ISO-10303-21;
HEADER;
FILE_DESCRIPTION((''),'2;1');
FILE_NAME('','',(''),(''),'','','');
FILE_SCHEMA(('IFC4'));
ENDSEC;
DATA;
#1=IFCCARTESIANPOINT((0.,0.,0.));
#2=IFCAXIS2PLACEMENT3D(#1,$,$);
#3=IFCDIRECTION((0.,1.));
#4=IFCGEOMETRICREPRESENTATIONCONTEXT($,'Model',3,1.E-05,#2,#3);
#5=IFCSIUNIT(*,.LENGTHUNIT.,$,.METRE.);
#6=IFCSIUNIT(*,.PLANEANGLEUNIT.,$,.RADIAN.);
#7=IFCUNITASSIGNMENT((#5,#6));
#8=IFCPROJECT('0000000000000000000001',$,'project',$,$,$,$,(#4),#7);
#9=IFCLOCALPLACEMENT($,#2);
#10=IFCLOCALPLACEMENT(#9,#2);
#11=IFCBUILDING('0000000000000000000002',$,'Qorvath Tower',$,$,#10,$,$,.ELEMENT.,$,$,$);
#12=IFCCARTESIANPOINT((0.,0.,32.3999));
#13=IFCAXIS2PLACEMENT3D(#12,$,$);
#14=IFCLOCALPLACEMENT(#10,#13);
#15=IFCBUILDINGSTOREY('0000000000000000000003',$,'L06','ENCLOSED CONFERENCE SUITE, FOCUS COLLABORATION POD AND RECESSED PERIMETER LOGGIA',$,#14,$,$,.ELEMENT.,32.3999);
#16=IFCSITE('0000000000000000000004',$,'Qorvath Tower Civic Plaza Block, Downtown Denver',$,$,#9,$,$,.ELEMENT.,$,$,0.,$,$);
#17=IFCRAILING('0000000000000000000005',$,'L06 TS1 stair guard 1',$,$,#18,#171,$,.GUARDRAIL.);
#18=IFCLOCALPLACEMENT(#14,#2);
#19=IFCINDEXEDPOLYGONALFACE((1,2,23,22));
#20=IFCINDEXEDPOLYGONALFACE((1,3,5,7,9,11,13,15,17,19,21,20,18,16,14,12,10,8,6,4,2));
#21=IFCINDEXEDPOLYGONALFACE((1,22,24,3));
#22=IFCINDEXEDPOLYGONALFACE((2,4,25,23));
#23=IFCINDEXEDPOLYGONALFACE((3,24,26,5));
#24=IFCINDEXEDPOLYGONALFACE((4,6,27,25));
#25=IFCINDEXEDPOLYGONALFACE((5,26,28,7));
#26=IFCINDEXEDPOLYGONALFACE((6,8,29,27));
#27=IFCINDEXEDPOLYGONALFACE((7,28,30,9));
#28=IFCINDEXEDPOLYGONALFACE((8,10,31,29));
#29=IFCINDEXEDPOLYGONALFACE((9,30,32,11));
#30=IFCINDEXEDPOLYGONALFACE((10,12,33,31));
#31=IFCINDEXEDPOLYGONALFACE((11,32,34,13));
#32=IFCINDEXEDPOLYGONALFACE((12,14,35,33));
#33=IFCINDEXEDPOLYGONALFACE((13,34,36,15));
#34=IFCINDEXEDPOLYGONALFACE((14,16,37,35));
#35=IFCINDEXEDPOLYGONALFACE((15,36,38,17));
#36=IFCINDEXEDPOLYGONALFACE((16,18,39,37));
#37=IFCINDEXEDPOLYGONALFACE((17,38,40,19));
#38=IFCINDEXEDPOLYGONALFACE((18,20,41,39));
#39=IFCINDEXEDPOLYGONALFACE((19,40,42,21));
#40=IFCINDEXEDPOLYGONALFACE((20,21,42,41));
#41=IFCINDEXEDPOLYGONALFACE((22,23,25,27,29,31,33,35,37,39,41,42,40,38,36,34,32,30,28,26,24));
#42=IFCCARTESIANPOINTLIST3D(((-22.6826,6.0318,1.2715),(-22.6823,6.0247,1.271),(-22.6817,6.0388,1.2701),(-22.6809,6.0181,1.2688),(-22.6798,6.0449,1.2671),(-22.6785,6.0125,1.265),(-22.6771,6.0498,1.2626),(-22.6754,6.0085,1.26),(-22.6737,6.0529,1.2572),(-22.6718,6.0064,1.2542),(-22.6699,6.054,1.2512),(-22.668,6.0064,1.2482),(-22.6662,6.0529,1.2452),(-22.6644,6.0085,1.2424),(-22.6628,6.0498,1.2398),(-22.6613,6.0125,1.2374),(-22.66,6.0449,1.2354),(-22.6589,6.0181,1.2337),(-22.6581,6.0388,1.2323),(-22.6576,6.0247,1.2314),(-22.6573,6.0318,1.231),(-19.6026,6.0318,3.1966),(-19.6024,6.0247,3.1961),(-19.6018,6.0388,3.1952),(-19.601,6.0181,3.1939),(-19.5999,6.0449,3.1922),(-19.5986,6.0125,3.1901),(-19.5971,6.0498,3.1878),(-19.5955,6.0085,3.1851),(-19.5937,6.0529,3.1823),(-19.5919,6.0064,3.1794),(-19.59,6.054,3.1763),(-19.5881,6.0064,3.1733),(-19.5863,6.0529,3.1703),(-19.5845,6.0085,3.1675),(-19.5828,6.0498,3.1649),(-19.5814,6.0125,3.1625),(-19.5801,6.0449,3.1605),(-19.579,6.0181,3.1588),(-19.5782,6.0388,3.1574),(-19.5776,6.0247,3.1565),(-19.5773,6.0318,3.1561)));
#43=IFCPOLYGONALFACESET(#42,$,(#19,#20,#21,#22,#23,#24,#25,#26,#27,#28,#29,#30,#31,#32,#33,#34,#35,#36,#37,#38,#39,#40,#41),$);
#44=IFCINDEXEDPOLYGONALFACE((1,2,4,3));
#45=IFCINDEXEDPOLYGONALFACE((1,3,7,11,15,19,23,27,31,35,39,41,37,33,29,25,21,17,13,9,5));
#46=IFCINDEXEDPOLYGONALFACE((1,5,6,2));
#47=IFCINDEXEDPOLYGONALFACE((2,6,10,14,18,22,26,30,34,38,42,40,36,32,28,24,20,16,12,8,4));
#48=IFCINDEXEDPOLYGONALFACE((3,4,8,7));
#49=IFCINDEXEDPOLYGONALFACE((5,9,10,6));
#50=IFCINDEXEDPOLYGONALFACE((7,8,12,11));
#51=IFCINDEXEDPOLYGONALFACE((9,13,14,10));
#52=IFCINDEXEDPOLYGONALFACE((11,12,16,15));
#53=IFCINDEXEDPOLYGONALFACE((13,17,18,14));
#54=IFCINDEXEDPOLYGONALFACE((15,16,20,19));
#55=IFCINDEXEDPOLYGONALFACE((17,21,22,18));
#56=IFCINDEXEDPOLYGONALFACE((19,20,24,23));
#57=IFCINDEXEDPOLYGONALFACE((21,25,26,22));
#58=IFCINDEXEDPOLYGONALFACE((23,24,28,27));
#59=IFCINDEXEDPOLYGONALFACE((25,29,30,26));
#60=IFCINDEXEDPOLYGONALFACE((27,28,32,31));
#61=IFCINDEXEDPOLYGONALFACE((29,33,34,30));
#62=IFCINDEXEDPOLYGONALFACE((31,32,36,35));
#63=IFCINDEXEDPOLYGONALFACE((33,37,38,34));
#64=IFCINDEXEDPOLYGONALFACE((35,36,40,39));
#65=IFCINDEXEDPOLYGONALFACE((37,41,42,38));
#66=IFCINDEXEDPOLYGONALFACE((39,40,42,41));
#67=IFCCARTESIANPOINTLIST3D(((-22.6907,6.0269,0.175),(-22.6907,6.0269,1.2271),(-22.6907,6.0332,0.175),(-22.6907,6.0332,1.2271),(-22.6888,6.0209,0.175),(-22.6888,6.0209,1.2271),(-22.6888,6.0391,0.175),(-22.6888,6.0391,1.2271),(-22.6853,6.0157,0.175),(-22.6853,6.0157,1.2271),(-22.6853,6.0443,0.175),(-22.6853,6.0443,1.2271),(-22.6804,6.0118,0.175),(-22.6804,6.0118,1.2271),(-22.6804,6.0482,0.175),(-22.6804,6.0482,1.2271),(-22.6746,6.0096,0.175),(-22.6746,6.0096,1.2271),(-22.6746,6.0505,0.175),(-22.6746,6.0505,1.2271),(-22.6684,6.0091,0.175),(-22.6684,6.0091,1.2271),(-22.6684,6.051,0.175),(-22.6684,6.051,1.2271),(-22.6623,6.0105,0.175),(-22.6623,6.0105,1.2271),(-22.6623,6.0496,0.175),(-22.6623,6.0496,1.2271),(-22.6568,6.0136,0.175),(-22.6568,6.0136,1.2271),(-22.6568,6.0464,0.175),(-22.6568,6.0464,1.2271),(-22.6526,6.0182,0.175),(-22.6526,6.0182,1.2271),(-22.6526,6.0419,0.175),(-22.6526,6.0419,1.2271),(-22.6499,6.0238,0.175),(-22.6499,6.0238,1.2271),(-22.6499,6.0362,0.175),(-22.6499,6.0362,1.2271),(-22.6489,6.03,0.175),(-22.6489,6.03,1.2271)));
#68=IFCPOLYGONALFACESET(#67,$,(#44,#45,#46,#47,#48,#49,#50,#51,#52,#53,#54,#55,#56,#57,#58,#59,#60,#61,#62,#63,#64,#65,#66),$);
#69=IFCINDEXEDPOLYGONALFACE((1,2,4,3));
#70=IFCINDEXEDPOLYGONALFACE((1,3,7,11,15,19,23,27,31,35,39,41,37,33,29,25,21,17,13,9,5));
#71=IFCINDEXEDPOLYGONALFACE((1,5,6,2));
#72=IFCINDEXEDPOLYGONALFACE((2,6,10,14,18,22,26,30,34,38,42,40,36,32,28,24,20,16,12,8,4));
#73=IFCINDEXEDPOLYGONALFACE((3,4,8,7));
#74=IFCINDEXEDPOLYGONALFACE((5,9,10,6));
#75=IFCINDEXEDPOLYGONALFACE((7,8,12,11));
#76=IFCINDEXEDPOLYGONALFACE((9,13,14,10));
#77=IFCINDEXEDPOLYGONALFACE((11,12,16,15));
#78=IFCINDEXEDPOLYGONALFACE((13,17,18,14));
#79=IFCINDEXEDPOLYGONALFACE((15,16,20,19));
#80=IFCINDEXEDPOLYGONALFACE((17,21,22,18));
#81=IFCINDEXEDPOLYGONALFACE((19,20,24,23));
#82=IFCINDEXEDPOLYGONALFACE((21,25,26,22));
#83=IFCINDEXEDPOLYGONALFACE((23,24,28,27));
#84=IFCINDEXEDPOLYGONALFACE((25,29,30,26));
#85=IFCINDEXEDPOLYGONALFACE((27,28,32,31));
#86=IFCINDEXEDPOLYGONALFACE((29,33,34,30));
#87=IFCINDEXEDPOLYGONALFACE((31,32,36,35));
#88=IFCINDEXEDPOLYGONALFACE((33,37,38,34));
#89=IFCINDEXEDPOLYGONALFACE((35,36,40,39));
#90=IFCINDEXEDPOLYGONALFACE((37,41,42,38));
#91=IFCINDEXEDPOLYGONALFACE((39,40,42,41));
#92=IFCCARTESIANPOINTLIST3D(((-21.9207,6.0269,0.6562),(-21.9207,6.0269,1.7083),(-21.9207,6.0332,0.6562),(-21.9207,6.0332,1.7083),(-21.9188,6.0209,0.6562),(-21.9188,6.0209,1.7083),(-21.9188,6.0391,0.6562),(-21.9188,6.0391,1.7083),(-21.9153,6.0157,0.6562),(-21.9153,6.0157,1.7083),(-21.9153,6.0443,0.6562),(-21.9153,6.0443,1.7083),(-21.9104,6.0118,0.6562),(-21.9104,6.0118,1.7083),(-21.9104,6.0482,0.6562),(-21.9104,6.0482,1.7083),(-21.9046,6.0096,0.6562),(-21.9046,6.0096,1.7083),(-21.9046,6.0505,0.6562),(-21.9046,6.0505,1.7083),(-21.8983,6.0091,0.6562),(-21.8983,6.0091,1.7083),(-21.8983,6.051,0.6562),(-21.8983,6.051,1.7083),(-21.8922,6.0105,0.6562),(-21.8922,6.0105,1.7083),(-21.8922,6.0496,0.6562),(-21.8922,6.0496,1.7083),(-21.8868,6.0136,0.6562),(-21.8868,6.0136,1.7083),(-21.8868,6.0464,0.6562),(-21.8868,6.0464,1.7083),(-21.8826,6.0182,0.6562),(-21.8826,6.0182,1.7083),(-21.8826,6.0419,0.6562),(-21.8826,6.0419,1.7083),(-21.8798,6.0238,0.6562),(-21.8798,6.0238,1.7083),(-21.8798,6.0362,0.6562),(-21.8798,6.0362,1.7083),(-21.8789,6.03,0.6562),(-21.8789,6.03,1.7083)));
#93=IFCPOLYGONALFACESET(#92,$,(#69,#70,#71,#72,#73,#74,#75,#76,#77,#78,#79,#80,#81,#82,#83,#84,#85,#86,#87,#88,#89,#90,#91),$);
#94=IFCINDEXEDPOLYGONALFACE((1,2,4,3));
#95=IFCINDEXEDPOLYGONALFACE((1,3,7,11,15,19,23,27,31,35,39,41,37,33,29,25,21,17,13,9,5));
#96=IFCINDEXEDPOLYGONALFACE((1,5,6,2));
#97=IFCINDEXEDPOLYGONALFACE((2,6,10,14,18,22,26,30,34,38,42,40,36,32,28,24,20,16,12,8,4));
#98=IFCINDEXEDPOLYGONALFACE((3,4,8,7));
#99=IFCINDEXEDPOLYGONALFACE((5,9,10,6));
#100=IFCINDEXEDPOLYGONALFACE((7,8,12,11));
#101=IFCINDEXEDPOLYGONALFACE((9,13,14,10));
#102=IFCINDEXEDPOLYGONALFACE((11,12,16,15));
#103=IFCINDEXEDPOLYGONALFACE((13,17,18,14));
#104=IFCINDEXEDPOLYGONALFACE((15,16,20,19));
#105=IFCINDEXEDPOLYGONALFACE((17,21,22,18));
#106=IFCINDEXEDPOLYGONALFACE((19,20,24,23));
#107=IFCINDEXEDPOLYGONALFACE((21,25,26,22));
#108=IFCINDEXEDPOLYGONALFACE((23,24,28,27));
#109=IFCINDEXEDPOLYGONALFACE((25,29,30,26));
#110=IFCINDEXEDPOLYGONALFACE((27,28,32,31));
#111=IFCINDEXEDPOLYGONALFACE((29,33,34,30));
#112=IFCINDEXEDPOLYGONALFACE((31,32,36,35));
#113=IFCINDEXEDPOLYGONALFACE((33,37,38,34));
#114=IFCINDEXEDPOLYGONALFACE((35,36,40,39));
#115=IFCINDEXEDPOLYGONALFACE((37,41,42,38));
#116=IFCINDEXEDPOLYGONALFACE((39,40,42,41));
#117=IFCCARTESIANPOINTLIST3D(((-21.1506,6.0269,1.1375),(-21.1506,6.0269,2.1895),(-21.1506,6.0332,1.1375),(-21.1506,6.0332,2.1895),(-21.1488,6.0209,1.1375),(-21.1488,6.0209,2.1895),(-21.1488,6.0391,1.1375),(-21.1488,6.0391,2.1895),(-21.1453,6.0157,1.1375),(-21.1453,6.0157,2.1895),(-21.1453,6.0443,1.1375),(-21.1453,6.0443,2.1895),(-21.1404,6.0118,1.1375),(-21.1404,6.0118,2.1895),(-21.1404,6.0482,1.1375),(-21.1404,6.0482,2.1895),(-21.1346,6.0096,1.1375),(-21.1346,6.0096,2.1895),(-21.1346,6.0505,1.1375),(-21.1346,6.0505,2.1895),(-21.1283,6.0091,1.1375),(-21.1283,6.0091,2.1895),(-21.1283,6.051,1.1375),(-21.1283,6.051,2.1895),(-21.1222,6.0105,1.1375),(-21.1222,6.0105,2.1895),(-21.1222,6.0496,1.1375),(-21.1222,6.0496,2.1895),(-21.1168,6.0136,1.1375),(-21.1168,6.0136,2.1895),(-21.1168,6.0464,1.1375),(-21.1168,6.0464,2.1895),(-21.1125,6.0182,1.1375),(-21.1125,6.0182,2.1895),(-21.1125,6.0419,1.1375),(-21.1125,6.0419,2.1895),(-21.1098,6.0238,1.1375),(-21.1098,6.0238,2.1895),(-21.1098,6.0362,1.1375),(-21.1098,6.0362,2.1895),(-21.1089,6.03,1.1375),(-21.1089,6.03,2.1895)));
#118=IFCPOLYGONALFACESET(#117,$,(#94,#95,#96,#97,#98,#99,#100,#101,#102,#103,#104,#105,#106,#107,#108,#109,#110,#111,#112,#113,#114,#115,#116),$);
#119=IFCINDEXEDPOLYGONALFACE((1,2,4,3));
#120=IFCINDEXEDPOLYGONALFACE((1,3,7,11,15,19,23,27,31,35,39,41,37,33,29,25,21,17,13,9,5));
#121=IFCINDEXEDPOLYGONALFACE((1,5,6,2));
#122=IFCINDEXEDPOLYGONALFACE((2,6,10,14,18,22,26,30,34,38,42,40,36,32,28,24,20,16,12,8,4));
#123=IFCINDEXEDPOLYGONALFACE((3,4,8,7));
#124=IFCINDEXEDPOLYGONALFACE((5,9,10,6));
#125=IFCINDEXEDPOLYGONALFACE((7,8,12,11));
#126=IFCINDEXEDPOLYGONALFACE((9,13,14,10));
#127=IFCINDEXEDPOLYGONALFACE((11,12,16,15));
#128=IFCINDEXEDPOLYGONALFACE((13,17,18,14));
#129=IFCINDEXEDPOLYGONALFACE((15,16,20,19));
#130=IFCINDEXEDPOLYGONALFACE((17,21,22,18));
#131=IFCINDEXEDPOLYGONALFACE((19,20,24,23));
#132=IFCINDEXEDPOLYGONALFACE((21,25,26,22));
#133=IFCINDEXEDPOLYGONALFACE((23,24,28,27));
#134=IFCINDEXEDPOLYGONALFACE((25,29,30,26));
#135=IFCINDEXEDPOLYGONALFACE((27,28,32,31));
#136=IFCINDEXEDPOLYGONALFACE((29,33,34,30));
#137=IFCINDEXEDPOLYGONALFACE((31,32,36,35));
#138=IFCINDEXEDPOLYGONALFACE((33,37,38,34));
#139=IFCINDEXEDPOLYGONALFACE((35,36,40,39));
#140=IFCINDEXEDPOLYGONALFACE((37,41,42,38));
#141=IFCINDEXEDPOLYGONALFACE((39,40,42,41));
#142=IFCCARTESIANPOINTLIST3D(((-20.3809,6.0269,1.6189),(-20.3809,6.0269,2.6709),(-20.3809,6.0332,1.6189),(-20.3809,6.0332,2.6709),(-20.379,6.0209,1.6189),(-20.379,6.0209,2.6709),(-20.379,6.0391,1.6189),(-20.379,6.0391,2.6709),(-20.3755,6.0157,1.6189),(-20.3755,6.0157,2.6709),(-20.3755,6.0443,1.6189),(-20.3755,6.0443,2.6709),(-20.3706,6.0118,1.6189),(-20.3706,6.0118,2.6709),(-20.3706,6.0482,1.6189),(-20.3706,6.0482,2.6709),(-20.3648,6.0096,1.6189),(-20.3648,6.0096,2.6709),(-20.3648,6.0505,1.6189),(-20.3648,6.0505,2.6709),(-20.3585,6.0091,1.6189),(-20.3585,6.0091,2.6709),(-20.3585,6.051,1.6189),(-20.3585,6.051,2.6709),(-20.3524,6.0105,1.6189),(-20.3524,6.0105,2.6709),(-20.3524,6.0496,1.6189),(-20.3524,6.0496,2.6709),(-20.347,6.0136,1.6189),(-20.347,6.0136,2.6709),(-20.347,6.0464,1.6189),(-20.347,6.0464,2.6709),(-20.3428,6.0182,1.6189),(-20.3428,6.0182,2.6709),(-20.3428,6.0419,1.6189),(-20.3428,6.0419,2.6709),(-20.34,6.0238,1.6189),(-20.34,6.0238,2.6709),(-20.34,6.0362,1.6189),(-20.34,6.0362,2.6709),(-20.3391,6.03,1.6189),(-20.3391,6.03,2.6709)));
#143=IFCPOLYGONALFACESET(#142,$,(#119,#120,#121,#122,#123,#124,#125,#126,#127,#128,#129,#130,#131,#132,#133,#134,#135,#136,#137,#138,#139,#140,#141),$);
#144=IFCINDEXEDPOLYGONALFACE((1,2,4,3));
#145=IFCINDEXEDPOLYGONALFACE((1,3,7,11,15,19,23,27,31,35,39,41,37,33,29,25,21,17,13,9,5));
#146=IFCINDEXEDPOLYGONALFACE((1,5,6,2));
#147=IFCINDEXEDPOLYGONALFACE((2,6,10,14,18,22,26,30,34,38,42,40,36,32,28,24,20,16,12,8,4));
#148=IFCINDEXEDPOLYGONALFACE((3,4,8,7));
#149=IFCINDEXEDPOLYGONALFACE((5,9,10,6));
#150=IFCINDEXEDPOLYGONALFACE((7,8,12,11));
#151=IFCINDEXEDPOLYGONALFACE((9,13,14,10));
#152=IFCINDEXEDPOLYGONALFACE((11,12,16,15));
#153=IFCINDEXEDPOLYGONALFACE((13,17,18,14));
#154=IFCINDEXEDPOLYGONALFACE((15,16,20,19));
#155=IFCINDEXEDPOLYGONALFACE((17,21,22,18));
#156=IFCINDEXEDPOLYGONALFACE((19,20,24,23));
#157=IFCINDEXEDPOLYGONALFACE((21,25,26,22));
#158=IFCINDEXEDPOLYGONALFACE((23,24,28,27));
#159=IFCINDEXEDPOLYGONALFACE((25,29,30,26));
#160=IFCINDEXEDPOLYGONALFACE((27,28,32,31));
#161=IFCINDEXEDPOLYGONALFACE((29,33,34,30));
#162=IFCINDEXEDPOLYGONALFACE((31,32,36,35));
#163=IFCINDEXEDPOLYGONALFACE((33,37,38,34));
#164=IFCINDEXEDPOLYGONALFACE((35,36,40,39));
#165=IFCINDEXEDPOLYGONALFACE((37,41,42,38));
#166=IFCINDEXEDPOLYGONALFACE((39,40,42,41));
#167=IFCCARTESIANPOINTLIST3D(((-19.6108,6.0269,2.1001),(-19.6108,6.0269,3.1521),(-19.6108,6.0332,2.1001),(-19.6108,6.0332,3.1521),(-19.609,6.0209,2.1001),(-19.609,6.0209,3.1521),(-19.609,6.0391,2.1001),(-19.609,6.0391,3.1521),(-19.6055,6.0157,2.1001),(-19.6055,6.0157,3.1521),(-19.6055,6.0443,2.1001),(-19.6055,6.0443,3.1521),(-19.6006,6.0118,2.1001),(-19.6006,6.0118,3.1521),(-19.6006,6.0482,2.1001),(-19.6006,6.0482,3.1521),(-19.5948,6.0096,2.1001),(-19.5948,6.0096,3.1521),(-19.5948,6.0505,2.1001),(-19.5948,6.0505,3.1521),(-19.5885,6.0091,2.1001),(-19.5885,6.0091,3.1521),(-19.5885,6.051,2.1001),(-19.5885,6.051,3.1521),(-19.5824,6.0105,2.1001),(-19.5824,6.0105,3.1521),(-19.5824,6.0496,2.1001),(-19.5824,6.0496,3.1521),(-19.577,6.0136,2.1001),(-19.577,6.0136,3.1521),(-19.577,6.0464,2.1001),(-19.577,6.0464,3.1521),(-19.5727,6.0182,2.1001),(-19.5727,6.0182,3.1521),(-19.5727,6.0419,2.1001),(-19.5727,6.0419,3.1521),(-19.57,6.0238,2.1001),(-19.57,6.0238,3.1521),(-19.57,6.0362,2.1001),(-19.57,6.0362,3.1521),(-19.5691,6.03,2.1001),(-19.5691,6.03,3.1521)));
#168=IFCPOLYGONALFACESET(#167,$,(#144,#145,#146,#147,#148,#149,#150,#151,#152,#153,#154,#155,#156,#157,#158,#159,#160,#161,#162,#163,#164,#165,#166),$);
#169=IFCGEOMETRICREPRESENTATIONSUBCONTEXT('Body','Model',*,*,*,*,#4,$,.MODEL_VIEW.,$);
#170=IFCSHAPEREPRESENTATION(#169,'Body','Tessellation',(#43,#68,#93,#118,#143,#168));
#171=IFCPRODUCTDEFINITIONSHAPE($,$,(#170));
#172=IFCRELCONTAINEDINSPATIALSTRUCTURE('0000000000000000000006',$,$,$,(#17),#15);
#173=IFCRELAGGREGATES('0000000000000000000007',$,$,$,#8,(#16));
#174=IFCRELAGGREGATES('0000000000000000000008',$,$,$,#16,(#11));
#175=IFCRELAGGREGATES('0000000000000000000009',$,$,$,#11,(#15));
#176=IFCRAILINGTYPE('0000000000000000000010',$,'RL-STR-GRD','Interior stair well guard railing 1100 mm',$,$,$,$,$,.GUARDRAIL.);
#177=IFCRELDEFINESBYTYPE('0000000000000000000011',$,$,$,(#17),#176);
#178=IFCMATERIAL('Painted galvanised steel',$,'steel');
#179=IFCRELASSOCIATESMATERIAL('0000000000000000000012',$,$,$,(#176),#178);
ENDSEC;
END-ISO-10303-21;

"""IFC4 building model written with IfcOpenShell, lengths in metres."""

from ifc_helpers import new_model, si_unit, direction, frame, origin, origin_2d, place, context, subcontext, project, spatial, circle, extrude, material, type_object, element, save


model = new_model("IFC4")

# Units and contexts
model_context = context("Model", 3, precision=1e-05, world=origin(), true_north=direction((0.0, 1.0)))
body_context = subcontext(model_context, "Body", "Model", "MODEL_VIEW")
ifc_project = project(units=[si_unit("LENGTHUNIT", "METRE"), si_unit("PLANEANGLEUNIT", "RADIAN")], contexts=[model_context])

# Site, building, storey
site_placement = place(None, origin())
site = spatial("IfcSite", under=ifc_project, at=site_placement, Name="Qorvath Tower Civic Plaza Block, Downtown Denver", CompositionType="ELEMENT", RefElevation=0.0)
building_placement = place(site_placement, origin())
building = spatial("IfcBuilding", under=site, at=building_placement, Name="Qorvath Tower", CompositionType="ELEMENT")
storey_placement = place(building_placement, frame((0.0, 0.0, 32.3999)))
storey = spatial("IfcBuildingStorey", under=building, at=storey_placement, Name="L06", Description="ENCLOSED CONFERENCE SUITE, FOCUS COLLABORATION POD AND RECESSED PERIMETER LOGGIA", CompositionType="ELEMENT", Elevation=32.3999)

# Railing
ifc_material_1 = material(Name="Painted galvanised steel", Category="steel")
railing_type_1 = type_object("IfcRailingType", Name="RL-STR-GRD", Description="Interior stair well guard railing 1100 mm", PredefinedType="GUARDRAIL", material=ifc_material_1)
railing_1_placement = place(storey_placement, frame((-22.6699, 6.03, 0.175)))
element("IfcRailing", 1, at=railing_1_placement, inside=storey, type_object=railing_type_1, Name="L06 TS1 stair guard 1", PredefinedType="GUARDRAIL", context=body_context, shape_type="SweptSolid", body=[
    extrude(circle(Radius=0.0239, at=origin_2d()), frame((0.0, 0.0, 1.0762), z_axis=(0.847979, 0.0, 0.530029), x_axis=(0.0, 1.0, 0.0)), (0.0, 0.0, 1.0), 3.6321),
    extrude(circle(Radius=0.021, at=origin_2d()), origin(), (0.0, 0.0, 1.0), 1.052),
    extrude(circle(Radius=0.021, at=origin_2d()), frame((0.77, 0.0, 0.4812)), (0.0, 0.0, 1.0), 1.052),
    extrude(circle(Radius=0.021, at=origin_2d()), frame((1.54, 0.0, 0.9624)), (0.0, 0.0, 1.0), 1.052),
    extrude(circle(Radius=0.021, at=origin_2d()), frame((2.3098, 0.0, 1.4438)), (0.0, 0.0, 1.0), 1.052),
    extrude(circle(Radius=0.021, at=origin_2d()), frame((3.0798, 0.0, 1.925)), (0.0, 0.0, 1.0), 1.052),
])

save(model, "model.ifc")
